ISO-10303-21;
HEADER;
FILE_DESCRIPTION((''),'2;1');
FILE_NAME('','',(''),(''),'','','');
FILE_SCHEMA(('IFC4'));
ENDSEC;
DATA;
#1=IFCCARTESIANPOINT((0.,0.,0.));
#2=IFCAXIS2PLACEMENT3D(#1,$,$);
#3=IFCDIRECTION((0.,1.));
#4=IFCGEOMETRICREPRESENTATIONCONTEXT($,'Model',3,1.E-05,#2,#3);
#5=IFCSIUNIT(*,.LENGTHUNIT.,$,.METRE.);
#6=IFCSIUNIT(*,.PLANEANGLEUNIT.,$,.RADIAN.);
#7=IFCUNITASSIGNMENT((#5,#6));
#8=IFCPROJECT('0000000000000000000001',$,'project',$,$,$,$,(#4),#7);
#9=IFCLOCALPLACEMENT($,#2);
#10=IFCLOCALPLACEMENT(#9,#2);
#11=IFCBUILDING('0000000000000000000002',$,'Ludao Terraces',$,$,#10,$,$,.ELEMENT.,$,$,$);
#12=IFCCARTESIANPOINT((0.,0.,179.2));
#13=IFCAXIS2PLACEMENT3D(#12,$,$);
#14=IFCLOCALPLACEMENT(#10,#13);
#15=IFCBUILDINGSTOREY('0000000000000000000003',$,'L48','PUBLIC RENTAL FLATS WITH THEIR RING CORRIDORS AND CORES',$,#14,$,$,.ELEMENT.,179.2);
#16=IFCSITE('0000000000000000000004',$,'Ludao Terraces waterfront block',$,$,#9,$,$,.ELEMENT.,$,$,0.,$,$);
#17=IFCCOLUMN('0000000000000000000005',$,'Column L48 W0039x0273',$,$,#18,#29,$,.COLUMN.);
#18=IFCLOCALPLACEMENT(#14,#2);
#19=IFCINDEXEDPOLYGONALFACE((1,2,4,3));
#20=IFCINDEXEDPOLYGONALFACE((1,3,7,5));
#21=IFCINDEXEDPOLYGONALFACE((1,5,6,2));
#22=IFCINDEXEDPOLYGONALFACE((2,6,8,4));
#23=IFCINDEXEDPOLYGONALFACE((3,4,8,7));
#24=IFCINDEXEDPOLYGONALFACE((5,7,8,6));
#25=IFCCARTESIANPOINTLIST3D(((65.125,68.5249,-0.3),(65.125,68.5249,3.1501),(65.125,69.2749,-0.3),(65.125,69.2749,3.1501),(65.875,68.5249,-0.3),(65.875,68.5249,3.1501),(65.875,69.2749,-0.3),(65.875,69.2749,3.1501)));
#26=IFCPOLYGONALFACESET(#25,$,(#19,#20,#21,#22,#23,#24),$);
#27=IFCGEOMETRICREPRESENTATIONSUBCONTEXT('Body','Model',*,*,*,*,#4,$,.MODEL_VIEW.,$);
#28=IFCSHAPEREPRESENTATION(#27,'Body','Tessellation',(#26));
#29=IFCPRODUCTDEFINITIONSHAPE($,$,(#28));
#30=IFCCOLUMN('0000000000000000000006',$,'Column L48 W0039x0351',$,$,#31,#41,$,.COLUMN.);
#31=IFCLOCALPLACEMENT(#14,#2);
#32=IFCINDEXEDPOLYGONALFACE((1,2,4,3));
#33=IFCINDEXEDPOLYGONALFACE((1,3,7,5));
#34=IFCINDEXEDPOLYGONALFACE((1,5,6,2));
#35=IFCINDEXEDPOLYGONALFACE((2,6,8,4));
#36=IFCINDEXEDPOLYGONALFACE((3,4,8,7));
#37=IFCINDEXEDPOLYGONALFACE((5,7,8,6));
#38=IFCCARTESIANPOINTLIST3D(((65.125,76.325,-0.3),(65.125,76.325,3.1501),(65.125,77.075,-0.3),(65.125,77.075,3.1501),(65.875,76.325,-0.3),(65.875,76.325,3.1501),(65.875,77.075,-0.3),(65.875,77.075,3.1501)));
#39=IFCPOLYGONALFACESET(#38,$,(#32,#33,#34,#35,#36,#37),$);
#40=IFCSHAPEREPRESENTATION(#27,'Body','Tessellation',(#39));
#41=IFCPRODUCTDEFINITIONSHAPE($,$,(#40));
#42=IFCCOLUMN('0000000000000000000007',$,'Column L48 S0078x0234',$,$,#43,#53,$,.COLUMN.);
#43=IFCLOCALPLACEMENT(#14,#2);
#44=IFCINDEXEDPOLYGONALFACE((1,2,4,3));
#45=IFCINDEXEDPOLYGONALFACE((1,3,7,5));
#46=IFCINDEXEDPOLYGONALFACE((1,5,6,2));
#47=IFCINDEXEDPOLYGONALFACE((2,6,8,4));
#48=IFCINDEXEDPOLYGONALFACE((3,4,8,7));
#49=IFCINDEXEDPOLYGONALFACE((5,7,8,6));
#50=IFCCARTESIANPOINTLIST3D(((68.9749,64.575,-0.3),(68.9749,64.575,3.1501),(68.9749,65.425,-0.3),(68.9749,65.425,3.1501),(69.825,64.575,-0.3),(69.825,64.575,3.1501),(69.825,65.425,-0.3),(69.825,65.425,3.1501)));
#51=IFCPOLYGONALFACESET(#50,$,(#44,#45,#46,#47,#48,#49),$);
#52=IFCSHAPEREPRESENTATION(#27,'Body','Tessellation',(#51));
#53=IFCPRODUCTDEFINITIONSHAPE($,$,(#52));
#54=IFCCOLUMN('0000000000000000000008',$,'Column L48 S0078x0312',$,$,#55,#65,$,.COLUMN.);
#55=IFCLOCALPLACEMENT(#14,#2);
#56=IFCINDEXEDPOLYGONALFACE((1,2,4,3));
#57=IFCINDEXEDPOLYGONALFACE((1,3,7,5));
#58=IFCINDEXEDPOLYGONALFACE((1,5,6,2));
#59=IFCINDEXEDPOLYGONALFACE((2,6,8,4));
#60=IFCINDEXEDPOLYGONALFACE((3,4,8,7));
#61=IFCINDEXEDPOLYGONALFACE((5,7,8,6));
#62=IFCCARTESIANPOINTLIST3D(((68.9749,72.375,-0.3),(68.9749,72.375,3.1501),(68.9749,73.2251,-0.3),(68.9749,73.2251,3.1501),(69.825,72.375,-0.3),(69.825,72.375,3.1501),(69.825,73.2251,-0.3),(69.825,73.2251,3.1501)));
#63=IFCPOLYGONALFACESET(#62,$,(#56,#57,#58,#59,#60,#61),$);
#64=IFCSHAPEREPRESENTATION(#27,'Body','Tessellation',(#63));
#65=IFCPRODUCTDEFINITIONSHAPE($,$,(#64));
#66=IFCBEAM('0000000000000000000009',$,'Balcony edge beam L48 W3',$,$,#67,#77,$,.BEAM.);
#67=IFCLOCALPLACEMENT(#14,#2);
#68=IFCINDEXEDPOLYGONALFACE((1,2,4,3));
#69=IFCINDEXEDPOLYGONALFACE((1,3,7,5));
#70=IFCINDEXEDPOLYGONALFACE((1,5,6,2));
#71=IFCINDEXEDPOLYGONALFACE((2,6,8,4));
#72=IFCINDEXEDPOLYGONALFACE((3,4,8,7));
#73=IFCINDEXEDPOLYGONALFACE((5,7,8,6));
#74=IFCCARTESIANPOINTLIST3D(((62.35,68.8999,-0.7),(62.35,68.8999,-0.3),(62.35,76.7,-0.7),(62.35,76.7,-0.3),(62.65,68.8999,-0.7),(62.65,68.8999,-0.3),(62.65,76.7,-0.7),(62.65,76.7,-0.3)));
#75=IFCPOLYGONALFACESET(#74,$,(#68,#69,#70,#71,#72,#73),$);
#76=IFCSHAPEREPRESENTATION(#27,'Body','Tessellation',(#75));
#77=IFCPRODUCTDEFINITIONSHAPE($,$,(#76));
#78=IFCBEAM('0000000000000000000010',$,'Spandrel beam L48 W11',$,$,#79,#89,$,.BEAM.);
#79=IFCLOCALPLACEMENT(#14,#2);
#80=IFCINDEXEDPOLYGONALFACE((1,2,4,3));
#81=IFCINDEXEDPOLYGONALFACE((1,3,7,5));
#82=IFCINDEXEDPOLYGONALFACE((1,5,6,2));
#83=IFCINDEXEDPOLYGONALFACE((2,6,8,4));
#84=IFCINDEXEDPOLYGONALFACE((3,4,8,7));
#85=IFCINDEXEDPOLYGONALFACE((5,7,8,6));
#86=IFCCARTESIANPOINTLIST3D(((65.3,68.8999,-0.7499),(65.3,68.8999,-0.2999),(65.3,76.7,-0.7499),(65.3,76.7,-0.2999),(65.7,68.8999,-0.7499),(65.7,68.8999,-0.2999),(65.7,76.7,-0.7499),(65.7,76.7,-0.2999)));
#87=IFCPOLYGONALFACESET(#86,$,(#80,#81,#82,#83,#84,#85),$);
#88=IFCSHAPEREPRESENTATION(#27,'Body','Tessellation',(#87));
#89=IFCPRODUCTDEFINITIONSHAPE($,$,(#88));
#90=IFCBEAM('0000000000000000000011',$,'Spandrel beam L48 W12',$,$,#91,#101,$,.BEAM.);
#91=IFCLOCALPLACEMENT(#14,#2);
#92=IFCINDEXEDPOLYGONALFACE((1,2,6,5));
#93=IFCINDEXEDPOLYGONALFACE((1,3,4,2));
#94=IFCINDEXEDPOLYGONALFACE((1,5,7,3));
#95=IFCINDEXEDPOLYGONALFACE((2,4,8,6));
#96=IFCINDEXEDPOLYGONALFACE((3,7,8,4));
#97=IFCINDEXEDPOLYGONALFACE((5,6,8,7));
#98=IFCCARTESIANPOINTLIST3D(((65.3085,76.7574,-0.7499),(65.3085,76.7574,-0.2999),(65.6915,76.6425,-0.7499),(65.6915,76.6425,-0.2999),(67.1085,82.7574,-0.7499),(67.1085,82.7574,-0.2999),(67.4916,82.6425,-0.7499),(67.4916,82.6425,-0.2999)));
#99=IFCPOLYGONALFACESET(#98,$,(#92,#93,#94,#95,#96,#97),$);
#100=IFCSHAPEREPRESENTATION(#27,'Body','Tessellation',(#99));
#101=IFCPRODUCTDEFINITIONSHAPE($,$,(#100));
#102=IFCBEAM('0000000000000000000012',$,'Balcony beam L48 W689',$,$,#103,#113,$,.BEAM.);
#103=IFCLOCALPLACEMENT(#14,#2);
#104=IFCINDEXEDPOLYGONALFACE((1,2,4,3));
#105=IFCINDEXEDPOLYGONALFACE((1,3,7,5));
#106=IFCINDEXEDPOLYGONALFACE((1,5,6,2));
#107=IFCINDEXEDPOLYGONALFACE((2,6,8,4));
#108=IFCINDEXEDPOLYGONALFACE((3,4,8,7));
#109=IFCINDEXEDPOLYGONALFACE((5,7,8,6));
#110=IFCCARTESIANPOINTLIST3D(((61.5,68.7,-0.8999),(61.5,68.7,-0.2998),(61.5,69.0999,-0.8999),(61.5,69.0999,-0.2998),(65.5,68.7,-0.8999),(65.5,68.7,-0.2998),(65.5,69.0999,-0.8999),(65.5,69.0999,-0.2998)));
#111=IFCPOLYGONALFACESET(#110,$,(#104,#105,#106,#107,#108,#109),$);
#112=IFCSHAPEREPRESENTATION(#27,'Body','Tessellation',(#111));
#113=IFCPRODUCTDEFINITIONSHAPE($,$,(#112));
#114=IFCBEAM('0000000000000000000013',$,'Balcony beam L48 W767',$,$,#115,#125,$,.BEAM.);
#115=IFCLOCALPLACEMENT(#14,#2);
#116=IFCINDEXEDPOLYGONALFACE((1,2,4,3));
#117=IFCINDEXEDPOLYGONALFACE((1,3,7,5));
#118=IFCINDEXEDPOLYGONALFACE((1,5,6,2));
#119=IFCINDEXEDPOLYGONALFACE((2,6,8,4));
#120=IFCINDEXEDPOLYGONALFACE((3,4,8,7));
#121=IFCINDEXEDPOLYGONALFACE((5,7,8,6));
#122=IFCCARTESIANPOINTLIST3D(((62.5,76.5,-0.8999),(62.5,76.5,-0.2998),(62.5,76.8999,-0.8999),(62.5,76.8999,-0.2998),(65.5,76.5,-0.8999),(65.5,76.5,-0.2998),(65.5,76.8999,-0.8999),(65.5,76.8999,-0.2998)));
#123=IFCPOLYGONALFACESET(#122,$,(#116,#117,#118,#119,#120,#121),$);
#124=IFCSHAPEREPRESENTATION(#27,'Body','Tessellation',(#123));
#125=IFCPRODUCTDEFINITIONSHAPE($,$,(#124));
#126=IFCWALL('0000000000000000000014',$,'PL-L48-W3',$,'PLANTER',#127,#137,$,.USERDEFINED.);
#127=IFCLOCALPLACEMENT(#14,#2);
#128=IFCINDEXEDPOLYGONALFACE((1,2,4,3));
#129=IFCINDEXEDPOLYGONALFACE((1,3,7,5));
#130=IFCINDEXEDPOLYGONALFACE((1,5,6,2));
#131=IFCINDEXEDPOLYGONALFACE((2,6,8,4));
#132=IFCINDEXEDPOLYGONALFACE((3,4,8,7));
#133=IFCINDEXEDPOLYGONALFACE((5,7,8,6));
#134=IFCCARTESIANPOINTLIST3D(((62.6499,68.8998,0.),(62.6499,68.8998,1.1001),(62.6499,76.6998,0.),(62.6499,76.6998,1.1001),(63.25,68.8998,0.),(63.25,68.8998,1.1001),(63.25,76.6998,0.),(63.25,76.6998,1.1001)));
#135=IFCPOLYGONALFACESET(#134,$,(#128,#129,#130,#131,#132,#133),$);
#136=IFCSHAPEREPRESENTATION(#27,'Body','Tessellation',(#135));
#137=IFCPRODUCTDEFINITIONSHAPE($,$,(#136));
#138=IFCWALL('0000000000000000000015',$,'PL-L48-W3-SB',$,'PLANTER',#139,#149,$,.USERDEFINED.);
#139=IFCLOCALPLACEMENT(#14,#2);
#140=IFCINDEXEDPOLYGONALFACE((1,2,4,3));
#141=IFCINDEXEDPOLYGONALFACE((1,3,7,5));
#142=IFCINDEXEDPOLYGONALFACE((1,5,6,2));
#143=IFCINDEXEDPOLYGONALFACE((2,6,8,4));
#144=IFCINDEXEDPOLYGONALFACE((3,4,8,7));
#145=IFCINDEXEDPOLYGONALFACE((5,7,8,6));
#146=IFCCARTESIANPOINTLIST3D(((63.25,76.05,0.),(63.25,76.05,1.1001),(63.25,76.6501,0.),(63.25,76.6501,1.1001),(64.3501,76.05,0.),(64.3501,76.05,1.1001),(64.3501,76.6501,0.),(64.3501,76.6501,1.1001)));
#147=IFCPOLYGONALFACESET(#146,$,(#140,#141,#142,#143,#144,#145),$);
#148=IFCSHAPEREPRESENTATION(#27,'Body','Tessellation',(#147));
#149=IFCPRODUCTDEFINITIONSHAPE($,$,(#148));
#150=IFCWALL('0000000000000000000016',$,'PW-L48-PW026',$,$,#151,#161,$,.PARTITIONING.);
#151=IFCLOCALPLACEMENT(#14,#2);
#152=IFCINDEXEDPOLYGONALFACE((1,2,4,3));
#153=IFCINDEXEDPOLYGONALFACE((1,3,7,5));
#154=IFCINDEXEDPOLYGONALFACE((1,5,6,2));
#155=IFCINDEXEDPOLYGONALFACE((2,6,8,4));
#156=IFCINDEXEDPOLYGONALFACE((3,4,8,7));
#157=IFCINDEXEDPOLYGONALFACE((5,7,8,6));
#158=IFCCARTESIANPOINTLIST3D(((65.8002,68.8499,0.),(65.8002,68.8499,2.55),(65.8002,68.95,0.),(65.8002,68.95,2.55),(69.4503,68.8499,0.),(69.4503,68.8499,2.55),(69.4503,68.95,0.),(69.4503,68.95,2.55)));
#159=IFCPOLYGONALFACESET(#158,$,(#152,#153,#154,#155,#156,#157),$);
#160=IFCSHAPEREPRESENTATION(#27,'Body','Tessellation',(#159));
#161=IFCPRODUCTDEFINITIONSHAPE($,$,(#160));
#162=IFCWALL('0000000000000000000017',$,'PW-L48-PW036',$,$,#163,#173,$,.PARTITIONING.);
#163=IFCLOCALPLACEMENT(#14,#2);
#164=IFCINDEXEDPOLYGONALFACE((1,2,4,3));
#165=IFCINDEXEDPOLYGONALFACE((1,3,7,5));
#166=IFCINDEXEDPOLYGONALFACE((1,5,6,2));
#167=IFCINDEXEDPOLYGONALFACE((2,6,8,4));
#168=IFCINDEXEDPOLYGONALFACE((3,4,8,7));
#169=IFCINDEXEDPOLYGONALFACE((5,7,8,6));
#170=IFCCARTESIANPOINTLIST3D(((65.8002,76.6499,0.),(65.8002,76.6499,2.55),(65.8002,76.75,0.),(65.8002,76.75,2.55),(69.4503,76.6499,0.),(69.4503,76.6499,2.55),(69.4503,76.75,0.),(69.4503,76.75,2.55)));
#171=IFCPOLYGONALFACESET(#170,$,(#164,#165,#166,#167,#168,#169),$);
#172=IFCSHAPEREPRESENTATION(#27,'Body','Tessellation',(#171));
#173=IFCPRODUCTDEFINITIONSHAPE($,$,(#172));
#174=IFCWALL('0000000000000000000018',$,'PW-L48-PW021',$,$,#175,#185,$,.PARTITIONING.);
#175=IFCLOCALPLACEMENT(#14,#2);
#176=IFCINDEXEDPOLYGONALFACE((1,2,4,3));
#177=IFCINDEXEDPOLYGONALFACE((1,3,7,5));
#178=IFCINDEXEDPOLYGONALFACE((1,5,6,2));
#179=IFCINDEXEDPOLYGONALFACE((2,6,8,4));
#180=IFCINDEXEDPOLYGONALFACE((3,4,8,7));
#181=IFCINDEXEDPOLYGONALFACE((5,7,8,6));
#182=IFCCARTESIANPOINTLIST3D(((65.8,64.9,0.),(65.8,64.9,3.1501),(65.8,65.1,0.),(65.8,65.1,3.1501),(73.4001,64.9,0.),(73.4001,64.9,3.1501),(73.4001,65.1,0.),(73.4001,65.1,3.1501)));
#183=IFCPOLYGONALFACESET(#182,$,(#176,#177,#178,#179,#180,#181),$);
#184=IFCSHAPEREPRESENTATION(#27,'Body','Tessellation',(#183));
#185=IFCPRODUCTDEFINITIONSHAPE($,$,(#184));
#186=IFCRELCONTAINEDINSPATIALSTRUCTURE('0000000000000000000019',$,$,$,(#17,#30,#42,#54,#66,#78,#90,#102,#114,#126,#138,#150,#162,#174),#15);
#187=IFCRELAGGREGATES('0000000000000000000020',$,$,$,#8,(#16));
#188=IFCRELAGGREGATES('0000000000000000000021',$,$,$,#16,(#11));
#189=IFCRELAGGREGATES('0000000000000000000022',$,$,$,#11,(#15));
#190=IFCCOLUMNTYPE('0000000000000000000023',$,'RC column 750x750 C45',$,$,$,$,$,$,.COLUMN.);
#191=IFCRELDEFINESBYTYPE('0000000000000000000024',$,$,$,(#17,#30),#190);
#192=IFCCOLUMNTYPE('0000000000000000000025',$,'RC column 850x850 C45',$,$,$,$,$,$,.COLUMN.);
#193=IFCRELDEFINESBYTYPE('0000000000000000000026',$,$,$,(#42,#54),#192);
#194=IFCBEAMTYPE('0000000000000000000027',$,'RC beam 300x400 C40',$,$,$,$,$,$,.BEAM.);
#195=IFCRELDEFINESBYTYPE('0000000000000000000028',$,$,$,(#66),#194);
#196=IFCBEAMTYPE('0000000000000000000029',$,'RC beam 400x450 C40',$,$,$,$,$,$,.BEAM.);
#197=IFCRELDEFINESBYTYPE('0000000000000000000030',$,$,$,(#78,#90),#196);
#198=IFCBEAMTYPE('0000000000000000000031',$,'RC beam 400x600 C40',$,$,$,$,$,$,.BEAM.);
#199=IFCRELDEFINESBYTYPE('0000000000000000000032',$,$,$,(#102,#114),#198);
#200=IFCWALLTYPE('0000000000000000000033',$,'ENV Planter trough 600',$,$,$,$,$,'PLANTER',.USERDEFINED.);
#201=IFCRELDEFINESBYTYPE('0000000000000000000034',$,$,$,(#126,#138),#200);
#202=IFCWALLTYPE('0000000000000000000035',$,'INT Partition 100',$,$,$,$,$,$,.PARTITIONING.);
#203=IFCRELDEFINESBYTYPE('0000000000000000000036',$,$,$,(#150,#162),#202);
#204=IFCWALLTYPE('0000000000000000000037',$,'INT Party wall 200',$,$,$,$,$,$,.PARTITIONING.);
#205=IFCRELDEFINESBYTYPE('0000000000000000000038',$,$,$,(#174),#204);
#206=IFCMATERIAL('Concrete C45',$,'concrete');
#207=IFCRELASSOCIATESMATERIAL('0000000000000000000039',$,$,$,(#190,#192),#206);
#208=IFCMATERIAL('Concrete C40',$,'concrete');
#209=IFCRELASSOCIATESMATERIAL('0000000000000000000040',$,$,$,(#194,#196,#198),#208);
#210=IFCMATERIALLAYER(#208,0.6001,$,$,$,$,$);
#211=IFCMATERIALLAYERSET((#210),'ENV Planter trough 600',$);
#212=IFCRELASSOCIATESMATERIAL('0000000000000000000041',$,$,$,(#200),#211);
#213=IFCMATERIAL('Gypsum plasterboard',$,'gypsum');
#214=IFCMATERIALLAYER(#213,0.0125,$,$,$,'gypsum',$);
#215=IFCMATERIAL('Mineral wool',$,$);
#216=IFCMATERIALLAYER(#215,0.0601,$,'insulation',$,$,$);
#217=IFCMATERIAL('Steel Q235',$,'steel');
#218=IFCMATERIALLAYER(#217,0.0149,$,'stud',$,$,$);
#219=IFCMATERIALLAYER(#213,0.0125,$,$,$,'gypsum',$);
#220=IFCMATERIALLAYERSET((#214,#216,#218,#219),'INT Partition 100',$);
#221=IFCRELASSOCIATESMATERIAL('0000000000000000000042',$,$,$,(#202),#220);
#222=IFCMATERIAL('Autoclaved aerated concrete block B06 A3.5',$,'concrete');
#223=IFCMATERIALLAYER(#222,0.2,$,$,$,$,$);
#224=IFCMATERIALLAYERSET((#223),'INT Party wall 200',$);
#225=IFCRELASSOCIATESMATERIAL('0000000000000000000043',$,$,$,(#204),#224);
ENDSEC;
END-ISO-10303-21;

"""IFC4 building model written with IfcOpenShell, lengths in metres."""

from ifc_helpers import new_model, si_unit, direction, frame, frame_2d, origin, origin_2d, place, context, subcontext, project, spatial, rectangle, extrude, material, layer, layer_set, material_profile, profile_set, type_object, element, save


model = new_model("IFC4")

# Units and contexts
model_context = context("Model", 3, precision=1e-05, world=origin(), true_north=direction((0.0, 1.0)))
body_context = subcontext(model_context, "Body", "Model", "MODEL_VIEW")
ifc_project = project(units=[si_unit("LENGTHUNIT", "METRE"), si_unit("PLANEANGLEUNIT", "RADIAN")], contexts=[model_context])

# Site, building, storey
site_placement = place(None, origin())
site = spatial("IfcSite", under=ifc_project, at=site_placement, Name="Ludao Terraces waterfront block", CompositionType="ELEMENT", RefElevation=0.0)
building_placement = place(site_placement, origin())
building = spatial("IfcBuilding", under=site, at=building_placement, Name="Ludao Terraces", CompositionType="ELEMENT")
storey_placement = place(building_placement, frame((0.0, 0.0, 179.2)))
storey = spatial("IfcBuildingStorey", under=building, at=storey_placement, Name="L48", Description="PUBLIC RENTAL FLATS WITH THEIR RING CORRIDORS AND CORES", CompositionType="ELEMENT", Elevation=179.2)

# Columns
ifc_material_1 = material(Name="Concrete C45", Category="concrete")
ifc_material_profile_1 = material_profile(ifc_material_1, rectangle(XDim=0.75, YDim=0.75, at=origin_2d()), Name="750 X 750")
ifc_profile_set_1 = profile_set([ifc_material_profile_1], Name="Concrete C45")
column_type_1 = type_object("IfcColumnType", Name="RC column 750x750 C45", PredefinedType="COLUMN", material=ifc_profile_set_1)
for number, where, z_axis, x_axis, name in (
    (1, (65.5, 68.8999, -0.3), (0.0, 0.0, 1.0), (1.0, 0.0, 0.0), "Column L48 W0039x0273"),
    (2, (65.5, 76.7, -0.3), (0.0, 0.0, 1.0), (1.0, 0.0, 0.0), "Column L48 W0039x0351"),
):
    element("IfcColumn", number, at=place(storey_placement, frame(where, z_axis=z_axis, x_axis=x_axis)), inside=storey, type_object=column_type_1, Name=name, PredefinedType="COLUMN", context=body_context, shape_type="SweptSolid", body=[
        extrude(rectangle(XDim=0.75, YDim=0.75, at=origin_2d()), origin(), (0.0, 0.0, 1.0), 3.4502),
    ])
ifc_material_profile_2 = material_profile(ifc_material_1, rectangle(XDim=0.8501, YDim=0.8501, at=origin_2d()), Name="850 X 850")
ifc_profile_set_2 = profile_set([ifc_material_profile_2], Name="Concrete C45")
column_type_2 = type_object("IfcColumnType", Name="RC column 850x850 C45", PredefinedType="COLUMN", material=ifc_profile_set_2)
for number, where, z_axis, x_axis, name in (
    (3, (69.3999, 65.0, -0.3), (0.0, 0.0, 1.0), (1.0, 0.0, 0.0), "Column L48 S0078x0234"),
    (4, (69.3999, 72.8, -0.3), (0.0, 0.0, 1.0), (1.0, 0.0, 0.0), "Column L48 S0078x0312"),
):
    element("IfcColumn", number, at=place(storey_placement, frame(where, z_axis=z_axis, x_axis=x_axis)), inside=storey, type_object=column_type_2, Name=name, PredefinedType="COLUMN", context=body_context, shape_type="SweptSolid", body=[
        extrude(rectangle(XDim=0.8501, YDim=0.8501, at=origin_2d()), origin(), (0.0, 0.0, 1.0), 3.4502),
    ])

# Beams
ifc_material_2 = material(Name="Concrete C40", Category="concrete")
ifc_material_profile_3 = material_profile(ifc_material_2, rectangle(XDim=0.3, YDim=0.3999, at=origin_2d()), Name="300 X 400")
ifc_profile_set_3 = profile_set([ifc_material_profile_3], Name="Concrete C40")
beam_type_1 = type_object("IfcBeamType", Name="RC beam 300x400 C40", PredefinedType="BEAM", material=ifc_profile_set_3)
beam_1_placement = place(storey_placement, frame((62.5, 68.8999, -0.5), z_axis=(0.0, 1.0, 0.0), x_axis=(-1.0, 0.0, 0.0)))
element("IfcBeam", 5, at=beam_1_placement, inside=storey, type_object=beam_type_1, Name="Balcony edge beam L48 W3", PredefinedType="BEAM", context=body_context, shape_type="SweptSolid", body=[
    extrude(rectangle(XDim=0.3, YDim=0.3999, at=origin_2d()), origin(), (0.0, 0.0, 1.0), 7.8),
])
ifc_material_profile_4 = material_profile(ifc_material_2, rectangle(XDim=0.3999, YDim=0.45, at=origin_2d()), Name="400 X 450")
ifc_profile_set_4 = profile_set([ifc_material_profile_4], Name="Concrete C40")
beam_type_2 = type_object("IfcBeamType", Name="RC beam 400x450 C40", PredefinedType="BEAM", material=ifc_profile_set_4)
beam_2_placement = place(storey_placement, frame((65.5, 68.8999, -0.5249), z_axis=(0.0, 1.0, 0.0), x_axis=(-1.0, 0.0, 0.0)))
element("IfcBeam", 6, at=beam_2_placement, inside=storey, type_object=beam_type_2, Name="Spandrel beam L48 W11", PredefinedType="BEAM", context=body_context, shape_type="SweptSolid", body=[
    extrude(rectangle(XDim=0.3999, YDim=0.45, at=origin_2d()), origin(), (0.0, 0.0, 1.0), 7.8),
])
beam_3_placement = place(storey_placement, frame((65.5, 76.7, -0.5249), z_axis=(0.287355, 0.957824, 0.0), x_axis=(-0.957824, 0.287355, 0.0)))
element("IfcBeam", 7, at=beam_3_placement, inside=storey, type_object=beam_type_2, Name="Spandrel beam L48 W12", PredefinedType="BEAM", context=body_context, shape_type="SweptSolid", body=[
    extrude(rectangle(XDim=0.3999, YDim=0.45, at=origin_2d()), origin(), (0.0, 0.0, 1.0), 6.2642),
])
ifc_material_profile_5 = material_profile(ifc_material_2, rectangle(XDim=0.3999, YDim=0.6001, at=origin_2d()), Name="400 X 600")
ifc_profile_set_5 = profile_set([ifc_material_profile_5], Name="Concrete C40")
beam_type_3 = type_object("IfcBeamType", Name="RC beam 400x600 C40", PredefinedType="BEAM", material=ifc_profile_set_5)
beam_4_placement = place(storey_placement, frame((65.5, 68.8999, -0.5999), z_axis=(-1.0, 0.0, 0.0), x_axis=(0.0, -1.0, 0.0)))
element("IfcBeam", 8, at=beam_4_placement, inside=storey, type_object=beam_type_3, Name="Balcony beam L48 W689", PredefinedType="BEAM", context=body_context, shape_type="SweptSolid", body=[
    extrude(rectangle(XDim=0.3999, YDim=0.6001, at=origin_2d()), origin(), (0.0, 0.0, 1.0), 4.0),
])
beam_5_placement = place(storey_placement, frame((65.5, 76.7, -0.5999), z_axis=(-1.0, 0.0, 0.0), x_axis=(0.0, -1.0, 0.0)))
element("IfcBeam", 9, at=beam_5_placement, inside=storey, type_object=beam_type_3, Name="Balcony beam L48 W767", PredefinedType="BEAM", context=body_context, shape_type="SweptSolid", body=[
    extrude(rectangle(XDim=0.3999, YDim=0.6001, at=origin_2d()), origin(), (0.0, 0.0, 1.0), 3.0),
])

# Walls
ifc_layer_1 = layer(ifc_material_2, 0.6001)
ifc_layer_set_1 = layer_set([ifc_layer_1], Name="ENV Planter trough 600")
wall_type_1 = type_object("IfcWallType", Name="ENV Planter trough 600", ElementType="PLANTER", PredefinedType="USERDEFINED", material=ifc_layer_set_1)
wall_1_placement = place(storey_placement, frame((62.95, 68.8999, 0.0), z_axis=(0.0, 0.0, 1.0), x_axis=(0.0, 1.0, 0.0)))
element("IfcWall", 10, at=wall_1_placement, inside=storey, type_object=wall_type_1, Name="PL-L48-W3", ObjectType="PLANTER", PredefinedType="USERDEFINED", context=body_context, shape_type="SweptSolid", body=[
    extrude(rectangle(XDim=7.8, YDim=0.6001, at=frame_2d((3.8999, 0.0))), origin(), (0.0, 0.0, 1.0), 1.1001),
])
wall_2_placement = place(storey_placement, frame((63.25, 76.3501, 0.0), z_axis=(0.0, 0.0, 1.0), x_axis=(1.0, 0.0, 0.0)))
element("IfcWall", 11, at=wall_2_placement, inside=storey, type_object=wall_type_1, Name="PL-L48-W3-SB", ObjectType="PLANTER", PredefinedType="USERDEFINED", context=body_context, shape_type="SweptSolid", body=[
    extrude(rectangle(XDim=1.1001, YDim=0.6001, at=frame_2d((0.55, 0.0))), origin(), (0.0, 0.0, 1.0), 1.1001),
])

# Shared definitions
ifc_material_3 = material(Name="Mineral wool")

# Walls
ifc_material_4 = material(Name="Gypsum plasterboard", Category="gypsum")
ifc_layer_2 = layer(ifc_material_4, 0.0125, Category="gypsum")
ifc_layer_3 = layer(ifc_material_3, 0.0601, Name="insulation")
ifc_material_5 = material(Name="Steel Q235", Category="steel")
ifc_layer_4 = layer(ifc_material_5, 0.0149, Name="stud")
ifc_layer_5 = layer(ifc_material_4, 0.0125, Category="gypsum")
ifc_layer_set_2 = layer_set([ifc_layer_2, ifc_layer_3, ifc_layer_4, ifc_layer_5], Name="INT Partition 100")
wall_type_2 = type_object("IfcWallType", Name="INT Partition 100", PredefinedType="PARTITIONING", material=ifc_layer_set_2)
for number, where, z_axis, x_axis, name in (
    (12, (65.8, 68.8999, 0.0), (0.0, 0.0, 1.0), (1.0, 0.0, 0.0), "PW-L48-PW026"),
    (13, (65.8, 76.7, 0.0), (0.0, 0.0, 1.0), (1.0, 0.0, 0.0), "PW-L48-PW036"),
):
    element("IfcWall", number, at=place(storey_placement, frame(where, z_axis=z_axis, x_axis=x_axis)), inside=storey, type_object=wall_type_2, Name=name, PredefinedType="PARTITIONING", context=body_context, shape_type="SweptSolid", body=[
        extrude(rectangle(XDim=3.6501, YDim=0.1001, at=frame_2d((1.8252, 0.0))), origin(), (0.0, 0.0, 1.0), 2.55),
    ])
ifc_material_6 = material(Name="Autoclaved aerated concrete block B06 A3.5", Category="concrete")
ifc_layer_6 = layer(ifc_material_6, 0.2)
ifc_layer_set_3 = layer_set([ifc_layer_6], Name="INT Party wall 200")
wall_type_3 = type_object("IfcWallType", Name="INT Party wall 200", PredefinedType="PARTITIONING", material=ifc_layer_set_3)
for number, where, z_axis, x_axis, name in (
    (14, (65.8, 65.0, 0.0), (0.0, 0.0, 1.0), (1.0, 0.0, 0.0), "PW-L48-PW021"),
):
    element("IfcWall", number, at=place(storey_placement, frame(where, z_axis=z_axis, x_axis=x_axis)), inside=storey, type_object=wall_type_3, Name=name, PredefinedType="PARTITIONING", context=body_context, shape_type="SweptSolid", body=[
        extrude(rectangle(XDim=7.6001, YDim=0.2, at=frame_2d((3.8, 0.0))), origin(), (0.0, 0.0, 1.0), 3.1501),
    ])

save(model, "model.ifc")
